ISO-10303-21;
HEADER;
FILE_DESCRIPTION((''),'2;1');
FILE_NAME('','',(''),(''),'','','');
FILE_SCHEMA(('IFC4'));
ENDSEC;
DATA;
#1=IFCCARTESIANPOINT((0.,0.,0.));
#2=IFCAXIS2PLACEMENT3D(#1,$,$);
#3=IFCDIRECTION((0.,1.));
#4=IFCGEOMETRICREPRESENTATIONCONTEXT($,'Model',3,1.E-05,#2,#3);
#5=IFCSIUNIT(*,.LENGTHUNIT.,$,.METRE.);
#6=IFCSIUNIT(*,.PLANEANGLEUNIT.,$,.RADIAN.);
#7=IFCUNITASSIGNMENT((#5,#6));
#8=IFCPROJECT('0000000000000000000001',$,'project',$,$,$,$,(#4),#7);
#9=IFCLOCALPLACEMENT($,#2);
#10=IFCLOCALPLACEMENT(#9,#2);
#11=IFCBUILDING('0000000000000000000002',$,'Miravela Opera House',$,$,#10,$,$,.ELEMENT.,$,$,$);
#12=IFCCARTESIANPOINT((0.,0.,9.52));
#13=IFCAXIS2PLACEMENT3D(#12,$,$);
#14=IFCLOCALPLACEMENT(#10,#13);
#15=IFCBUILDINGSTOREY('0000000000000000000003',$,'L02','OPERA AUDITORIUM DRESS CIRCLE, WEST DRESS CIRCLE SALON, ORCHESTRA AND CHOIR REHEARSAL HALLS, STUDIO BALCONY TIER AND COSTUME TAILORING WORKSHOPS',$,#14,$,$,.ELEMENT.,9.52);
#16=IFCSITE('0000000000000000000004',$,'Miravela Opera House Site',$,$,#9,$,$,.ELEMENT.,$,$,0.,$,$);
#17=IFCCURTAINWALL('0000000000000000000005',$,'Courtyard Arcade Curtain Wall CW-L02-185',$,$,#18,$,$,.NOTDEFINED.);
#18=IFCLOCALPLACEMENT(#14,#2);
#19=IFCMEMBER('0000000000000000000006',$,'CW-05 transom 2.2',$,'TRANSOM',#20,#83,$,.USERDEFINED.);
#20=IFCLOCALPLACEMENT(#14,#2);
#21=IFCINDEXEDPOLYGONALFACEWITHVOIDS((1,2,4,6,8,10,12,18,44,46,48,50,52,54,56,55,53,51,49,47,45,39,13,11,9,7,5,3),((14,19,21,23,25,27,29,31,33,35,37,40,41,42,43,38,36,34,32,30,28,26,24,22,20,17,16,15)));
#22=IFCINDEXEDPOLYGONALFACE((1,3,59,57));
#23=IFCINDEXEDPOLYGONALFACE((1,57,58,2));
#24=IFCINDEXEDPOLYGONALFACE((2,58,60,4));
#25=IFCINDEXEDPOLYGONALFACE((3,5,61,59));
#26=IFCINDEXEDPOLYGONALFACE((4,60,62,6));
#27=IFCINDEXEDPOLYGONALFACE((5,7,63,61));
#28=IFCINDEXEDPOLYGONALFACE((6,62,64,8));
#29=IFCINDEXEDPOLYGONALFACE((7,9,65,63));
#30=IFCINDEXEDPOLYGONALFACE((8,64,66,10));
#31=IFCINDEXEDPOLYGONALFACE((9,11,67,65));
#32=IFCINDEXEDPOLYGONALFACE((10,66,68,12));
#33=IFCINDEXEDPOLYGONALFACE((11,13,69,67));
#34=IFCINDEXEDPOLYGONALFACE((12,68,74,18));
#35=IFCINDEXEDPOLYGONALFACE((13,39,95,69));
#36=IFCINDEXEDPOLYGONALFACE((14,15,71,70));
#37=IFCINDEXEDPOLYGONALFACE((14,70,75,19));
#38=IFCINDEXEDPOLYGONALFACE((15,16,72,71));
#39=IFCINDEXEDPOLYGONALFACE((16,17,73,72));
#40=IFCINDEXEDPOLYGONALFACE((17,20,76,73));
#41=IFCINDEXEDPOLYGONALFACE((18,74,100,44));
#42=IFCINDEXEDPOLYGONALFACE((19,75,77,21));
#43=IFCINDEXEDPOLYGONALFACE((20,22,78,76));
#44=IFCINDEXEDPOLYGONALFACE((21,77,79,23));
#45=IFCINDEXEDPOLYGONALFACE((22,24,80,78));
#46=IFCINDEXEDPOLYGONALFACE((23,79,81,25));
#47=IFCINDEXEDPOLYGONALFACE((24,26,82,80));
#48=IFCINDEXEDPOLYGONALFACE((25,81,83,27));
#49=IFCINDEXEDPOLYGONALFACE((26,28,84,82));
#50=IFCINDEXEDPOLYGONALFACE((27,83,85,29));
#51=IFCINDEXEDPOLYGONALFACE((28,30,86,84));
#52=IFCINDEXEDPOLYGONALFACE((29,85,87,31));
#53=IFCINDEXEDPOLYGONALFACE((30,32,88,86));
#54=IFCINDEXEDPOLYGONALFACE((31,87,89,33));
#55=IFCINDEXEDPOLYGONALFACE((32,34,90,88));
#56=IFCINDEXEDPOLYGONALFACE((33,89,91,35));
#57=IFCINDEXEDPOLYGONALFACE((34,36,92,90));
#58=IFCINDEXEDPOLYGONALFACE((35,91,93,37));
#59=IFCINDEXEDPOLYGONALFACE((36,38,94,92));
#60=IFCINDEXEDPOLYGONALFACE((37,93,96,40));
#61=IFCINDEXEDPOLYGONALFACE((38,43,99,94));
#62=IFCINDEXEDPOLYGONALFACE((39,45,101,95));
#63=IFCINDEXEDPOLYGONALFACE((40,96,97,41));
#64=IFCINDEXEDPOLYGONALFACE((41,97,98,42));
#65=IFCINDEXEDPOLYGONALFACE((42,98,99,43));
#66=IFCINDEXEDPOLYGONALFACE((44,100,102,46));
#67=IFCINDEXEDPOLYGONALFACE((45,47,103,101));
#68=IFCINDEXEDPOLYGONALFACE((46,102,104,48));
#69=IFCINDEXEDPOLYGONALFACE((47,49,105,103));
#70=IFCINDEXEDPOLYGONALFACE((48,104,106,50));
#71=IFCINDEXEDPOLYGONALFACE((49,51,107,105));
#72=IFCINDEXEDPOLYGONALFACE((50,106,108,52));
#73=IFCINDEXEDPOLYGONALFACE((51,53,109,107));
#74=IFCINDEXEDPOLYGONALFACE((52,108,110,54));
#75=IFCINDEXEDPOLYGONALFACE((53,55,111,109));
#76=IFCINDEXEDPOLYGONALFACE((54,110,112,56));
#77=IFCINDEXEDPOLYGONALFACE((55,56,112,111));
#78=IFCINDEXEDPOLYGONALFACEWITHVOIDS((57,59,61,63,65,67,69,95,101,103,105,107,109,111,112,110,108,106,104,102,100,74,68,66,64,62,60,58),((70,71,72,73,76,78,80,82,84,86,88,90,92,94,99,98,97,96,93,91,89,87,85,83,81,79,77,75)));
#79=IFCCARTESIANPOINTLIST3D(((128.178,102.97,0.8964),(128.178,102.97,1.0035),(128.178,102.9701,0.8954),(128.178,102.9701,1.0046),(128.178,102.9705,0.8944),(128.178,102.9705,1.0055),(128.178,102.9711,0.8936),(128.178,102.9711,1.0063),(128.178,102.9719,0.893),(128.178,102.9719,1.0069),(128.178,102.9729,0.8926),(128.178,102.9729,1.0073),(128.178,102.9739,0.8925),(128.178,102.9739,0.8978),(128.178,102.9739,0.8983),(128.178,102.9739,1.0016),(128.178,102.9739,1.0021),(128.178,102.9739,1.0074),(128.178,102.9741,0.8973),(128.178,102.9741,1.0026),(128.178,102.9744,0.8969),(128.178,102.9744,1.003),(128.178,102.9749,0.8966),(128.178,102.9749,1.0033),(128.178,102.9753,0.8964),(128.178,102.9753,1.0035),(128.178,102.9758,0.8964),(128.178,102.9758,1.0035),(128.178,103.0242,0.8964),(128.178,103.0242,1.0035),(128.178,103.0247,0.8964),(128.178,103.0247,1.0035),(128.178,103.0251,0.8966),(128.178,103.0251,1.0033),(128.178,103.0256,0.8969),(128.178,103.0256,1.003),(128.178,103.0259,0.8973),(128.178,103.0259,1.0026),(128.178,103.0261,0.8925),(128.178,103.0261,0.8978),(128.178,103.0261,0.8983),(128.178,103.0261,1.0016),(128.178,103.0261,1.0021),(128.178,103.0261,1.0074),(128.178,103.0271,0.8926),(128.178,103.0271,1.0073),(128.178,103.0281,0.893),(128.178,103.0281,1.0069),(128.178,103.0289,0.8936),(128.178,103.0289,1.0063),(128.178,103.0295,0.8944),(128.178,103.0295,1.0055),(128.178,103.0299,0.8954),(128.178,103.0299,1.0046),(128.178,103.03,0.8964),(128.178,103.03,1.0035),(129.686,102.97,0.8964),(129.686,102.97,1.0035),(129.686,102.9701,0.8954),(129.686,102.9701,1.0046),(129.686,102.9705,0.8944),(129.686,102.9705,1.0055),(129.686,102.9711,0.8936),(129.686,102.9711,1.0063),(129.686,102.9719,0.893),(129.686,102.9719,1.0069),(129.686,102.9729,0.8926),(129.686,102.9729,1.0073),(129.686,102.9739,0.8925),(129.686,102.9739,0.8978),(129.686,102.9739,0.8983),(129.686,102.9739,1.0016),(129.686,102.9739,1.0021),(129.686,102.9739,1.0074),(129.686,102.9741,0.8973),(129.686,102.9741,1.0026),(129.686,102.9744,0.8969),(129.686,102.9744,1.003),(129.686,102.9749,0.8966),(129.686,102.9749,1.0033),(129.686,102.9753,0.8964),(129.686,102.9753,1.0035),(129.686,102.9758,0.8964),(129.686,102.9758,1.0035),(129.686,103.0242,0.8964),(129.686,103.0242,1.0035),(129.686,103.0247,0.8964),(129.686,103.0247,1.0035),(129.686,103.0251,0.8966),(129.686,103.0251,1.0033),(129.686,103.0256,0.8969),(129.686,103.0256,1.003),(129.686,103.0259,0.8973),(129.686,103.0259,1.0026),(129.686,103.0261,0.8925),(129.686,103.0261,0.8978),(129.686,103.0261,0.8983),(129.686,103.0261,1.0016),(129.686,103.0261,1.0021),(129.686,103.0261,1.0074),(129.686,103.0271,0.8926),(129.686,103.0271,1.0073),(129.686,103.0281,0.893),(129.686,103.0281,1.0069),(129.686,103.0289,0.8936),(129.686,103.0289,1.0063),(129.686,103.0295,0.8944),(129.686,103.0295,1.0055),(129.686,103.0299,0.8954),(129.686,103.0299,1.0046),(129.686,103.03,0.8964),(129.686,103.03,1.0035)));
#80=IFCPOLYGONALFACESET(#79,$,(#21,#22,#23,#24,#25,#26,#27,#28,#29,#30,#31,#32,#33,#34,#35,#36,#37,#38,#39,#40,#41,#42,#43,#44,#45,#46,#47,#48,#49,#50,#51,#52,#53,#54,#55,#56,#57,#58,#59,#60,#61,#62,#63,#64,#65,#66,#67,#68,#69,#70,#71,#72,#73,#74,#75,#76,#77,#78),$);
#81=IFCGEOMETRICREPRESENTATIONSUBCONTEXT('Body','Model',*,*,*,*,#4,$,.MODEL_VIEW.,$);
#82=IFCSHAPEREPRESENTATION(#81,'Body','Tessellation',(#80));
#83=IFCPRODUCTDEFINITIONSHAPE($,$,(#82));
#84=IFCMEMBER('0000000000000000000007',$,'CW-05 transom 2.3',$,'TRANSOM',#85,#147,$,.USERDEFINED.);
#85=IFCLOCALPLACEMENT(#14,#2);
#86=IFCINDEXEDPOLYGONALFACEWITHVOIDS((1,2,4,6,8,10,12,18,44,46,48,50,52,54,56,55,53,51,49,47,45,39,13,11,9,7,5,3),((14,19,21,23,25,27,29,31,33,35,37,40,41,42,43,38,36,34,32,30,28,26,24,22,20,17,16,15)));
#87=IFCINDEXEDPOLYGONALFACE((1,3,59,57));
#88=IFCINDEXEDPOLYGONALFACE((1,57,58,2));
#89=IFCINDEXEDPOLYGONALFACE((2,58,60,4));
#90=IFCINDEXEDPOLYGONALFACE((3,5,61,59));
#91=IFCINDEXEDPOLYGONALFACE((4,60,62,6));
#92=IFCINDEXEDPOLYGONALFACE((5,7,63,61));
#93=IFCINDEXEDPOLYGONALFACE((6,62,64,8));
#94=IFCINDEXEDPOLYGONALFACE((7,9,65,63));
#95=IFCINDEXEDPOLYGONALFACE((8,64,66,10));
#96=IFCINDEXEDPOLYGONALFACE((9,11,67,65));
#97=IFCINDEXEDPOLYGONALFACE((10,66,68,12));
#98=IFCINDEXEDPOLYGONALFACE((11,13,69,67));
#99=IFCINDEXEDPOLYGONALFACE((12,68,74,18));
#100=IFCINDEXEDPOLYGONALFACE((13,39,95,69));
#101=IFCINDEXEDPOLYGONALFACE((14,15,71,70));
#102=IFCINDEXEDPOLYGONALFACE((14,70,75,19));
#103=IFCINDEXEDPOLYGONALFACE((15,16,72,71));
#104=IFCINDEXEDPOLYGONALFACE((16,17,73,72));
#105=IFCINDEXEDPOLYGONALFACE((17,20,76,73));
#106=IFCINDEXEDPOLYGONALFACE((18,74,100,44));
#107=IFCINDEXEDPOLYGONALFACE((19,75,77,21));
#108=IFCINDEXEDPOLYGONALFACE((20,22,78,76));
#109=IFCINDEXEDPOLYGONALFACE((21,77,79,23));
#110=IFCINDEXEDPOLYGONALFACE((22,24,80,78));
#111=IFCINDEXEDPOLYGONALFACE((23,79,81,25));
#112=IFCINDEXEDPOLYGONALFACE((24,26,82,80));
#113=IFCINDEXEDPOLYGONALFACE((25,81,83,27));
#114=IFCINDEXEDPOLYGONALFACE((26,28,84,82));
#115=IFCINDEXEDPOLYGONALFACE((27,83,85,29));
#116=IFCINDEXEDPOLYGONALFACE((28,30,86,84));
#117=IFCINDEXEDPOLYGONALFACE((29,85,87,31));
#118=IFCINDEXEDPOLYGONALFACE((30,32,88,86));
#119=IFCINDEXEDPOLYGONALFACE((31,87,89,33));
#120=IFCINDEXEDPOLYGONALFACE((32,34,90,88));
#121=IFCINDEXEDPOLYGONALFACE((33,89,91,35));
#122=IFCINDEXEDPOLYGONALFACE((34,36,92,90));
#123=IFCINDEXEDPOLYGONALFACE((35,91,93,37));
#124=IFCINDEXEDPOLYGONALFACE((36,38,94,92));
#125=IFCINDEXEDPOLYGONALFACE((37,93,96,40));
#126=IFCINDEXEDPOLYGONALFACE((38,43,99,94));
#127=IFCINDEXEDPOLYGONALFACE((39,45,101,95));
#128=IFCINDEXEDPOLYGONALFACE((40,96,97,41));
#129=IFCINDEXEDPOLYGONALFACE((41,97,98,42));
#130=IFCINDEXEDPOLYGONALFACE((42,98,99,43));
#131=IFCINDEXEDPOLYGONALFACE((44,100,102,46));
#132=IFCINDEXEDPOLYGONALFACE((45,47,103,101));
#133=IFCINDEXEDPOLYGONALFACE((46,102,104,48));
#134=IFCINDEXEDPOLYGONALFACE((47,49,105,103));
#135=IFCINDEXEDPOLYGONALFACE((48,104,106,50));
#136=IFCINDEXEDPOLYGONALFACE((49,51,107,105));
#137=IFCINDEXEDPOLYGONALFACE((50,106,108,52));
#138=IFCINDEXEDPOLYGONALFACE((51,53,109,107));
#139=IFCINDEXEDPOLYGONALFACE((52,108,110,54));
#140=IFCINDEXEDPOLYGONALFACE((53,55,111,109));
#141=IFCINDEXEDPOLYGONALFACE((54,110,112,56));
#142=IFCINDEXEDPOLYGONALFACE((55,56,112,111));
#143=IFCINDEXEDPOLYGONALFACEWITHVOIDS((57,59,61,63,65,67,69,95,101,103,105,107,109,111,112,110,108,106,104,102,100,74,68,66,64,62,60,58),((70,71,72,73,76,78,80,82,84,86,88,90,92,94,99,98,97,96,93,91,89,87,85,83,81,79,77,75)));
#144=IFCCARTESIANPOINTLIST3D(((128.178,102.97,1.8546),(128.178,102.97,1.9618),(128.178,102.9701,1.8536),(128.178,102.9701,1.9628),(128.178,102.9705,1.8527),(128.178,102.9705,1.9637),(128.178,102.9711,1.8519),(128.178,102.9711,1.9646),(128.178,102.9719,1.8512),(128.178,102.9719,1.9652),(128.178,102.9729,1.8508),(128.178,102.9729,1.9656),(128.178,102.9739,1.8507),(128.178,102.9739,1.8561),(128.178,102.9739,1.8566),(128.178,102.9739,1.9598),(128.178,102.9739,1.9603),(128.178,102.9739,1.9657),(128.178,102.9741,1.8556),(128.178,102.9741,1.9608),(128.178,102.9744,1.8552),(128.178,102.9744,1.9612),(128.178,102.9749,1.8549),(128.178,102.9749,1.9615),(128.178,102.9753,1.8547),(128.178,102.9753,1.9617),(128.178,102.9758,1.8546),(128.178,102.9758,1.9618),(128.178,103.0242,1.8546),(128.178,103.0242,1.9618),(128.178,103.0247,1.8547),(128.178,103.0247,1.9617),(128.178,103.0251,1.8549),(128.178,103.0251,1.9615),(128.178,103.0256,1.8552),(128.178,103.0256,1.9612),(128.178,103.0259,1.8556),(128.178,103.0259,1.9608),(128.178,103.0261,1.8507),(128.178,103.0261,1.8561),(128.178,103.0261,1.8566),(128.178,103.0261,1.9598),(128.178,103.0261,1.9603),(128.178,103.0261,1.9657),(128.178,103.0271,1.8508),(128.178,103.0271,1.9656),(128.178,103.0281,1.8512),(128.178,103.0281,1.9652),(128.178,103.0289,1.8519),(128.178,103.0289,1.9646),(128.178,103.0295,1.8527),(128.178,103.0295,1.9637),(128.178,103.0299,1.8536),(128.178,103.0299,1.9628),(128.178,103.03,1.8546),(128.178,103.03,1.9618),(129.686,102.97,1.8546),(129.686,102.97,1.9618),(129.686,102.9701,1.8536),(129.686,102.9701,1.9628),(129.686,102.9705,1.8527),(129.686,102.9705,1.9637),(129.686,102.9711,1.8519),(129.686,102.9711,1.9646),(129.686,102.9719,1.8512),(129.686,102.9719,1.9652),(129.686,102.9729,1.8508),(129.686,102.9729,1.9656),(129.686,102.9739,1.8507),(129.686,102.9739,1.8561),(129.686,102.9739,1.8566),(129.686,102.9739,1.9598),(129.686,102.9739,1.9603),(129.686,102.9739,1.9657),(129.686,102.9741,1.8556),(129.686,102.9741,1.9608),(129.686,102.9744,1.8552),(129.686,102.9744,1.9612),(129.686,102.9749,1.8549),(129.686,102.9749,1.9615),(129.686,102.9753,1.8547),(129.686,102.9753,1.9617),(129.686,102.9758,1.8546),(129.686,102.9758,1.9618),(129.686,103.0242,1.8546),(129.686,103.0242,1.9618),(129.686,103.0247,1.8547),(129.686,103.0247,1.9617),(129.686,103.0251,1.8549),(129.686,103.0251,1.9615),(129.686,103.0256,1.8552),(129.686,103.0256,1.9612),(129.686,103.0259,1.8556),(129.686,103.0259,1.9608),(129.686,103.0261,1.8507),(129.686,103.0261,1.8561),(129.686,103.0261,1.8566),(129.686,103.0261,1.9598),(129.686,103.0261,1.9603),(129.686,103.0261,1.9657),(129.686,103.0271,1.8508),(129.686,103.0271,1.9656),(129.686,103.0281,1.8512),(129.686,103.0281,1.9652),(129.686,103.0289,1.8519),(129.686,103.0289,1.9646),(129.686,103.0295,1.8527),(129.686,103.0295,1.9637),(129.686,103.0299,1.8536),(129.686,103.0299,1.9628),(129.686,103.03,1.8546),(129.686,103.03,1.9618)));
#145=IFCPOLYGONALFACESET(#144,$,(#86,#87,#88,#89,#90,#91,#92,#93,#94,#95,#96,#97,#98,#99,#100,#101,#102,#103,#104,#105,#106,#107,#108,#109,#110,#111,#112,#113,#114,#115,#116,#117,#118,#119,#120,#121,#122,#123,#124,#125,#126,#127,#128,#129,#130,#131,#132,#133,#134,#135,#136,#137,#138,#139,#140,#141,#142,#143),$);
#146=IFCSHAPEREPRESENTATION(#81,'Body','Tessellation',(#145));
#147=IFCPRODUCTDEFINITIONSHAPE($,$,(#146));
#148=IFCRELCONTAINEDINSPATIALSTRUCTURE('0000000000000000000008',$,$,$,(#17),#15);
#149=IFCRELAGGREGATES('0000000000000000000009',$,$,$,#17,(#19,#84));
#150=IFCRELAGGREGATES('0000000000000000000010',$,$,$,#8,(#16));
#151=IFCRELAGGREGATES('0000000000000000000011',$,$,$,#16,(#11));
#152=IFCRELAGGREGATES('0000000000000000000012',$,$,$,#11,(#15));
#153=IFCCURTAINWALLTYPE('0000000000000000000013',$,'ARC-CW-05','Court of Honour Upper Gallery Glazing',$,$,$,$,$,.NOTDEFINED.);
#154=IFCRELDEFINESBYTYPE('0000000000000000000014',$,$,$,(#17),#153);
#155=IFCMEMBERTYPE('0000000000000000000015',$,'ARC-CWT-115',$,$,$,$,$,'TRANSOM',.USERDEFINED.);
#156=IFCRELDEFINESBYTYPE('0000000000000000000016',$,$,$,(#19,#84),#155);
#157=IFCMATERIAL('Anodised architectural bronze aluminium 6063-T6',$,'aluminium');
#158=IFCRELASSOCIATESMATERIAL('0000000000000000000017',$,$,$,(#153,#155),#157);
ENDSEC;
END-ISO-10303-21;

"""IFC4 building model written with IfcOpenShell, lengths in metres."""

from ifc_helpers import new_model, si_unit, direction, frame, origin, origin_2d, place, context, subcontext, project, spatial, hollow_rectangle, extrude, material, material_profile, profile_set, type_object, element, aggregate, save


model = new_model("IFC4")

# Units and contexts
model_context = context("Model", 3, precision=1e-05, world=origin(), true_north=direction((0.0, 1.0)))
body_context = subcontext(model_context, "Body", "Model", "MODEL_VIEW")
ifc_project = project(units=[si_unit("LENGTHUNIT", "METRE"), si_unit("PLANEANGLEUNIT", "RADIAN")], contexts=[model_context])

# Site, building, storey
site_placement = place(None, origin())
site = spatial("IfcSite", under=ifc_project, at=site_placement, Name="Miravela Opera House Site", CompositionType="ELEMENT", RefElevation=0.0)
building_placement = place(site_placement, origin())
building = spatial("IfcBuilding", under=site, at=building_placement, Name="Miravela Opera House", CompositionType="ELEMENT")
storey_placement = place(building_placement, frame((0.0, 0.0, 9.52)))
storey = spatial("IfcBuildingStorey", under=building, at=storey_placement, Name="L02", Description="OPERA AUDITORIUM DRESS CIRCLE, WEST DRESS CIRCLE SALON, ORCHESTRA AND CHOIR REHEARSAL HALLS, STUDIO BALCONY TIER AND COSTUME TAILORING WORKSHOPS", CompositionType="ELEMENT", Elevation=9.52)

# Curtain wall, members
ifc_material_1 = material(Name="Anodised architectural bronze aluminium 6063-T6", Category="aluminium")
curtain_wall_type = type_object("IfcCurtainWallType", Name="ARC-CW-05", Description="Court of Honour Upper Gallery Glazing", PredefinedType="NOTDEFINED", material=ifc_material_1)
curtain_wall_placement = place(storey_placement, origin())
curtain_wall = element("IfcCurtainWall", 1, at=curtain_wall_placement, inside=storey, type_object=curtain_wall_type, Name="Courtyard Arcade Curtain Wall CW-L02-185", PredefinedType="NOTDEFINED")
ifc_material_profile_1 = material_profile(ifc_material_1, hollow_rectangle(XDim=0.0601, YDim=0.115, WallThickness=0.0039, InnerFilletRadius=0.002, OuterFilletRadius=0.0039, at=origin_2d()), Name="CWT-60X115")
ifc_profile_set_1 = profile_set([ifc_material_profile_1])
member_type_1 = type_object("IfcMemberType", Name="ARC-CWT-115", ElementType="TRANSOM", PredefinedType="USERDEFINED", material=ifc_profile_set_1)
member_1_placement = place(storey_placement, frame((128.178, 103.0, 0.95), z_axis=(1.0, 0.0, 0.0), x_axis=(0.0, 1.0, 0.0)))
member_1 = element("IfcMember", 2, at=member_1_placement, type_object=member_type_1, Name="CW-05 transom 2.2", ObjectType="TRANSOM", PredefinedType="USERDEFINED", context=body_context, shape_type="SweptSolid", body=[
    extrude(hollow_rectangle(XDim=0.0601, YDim=0.115, WallThickness=0.0039, InnerFilletRadius=0.002, OuterFilletRadius=0.0039, at=origin_2d()), origin(), (0.0, 0.0, 1.0), 1.5081),
])
member_2_placement = place(storey_placement, frame((128.178, 103.0, 1.9082), z_axis=(1.0, 0.0, 0.0), x_axis=(0.0, 1.0, 0.0)))
member_2 = element("IfcMember", 3, at=member_2_placement, type_object=member_type_1, Name="CW-05 transom 2.3", ObjectType="TRANSOM", PredefinedType="USERDEFINED", context=body_context, shape_type="SweptSolid", body=[
    extrude(hollow_rectangle(XDim=0.0601, YDim=0.115, WallThickness=0.0039, InnerFilletRadius=0.002, OuterFilletRadius=0.0039, at=origin_2d()), origin(), (0.0, 0.0, 1.0), 1.5081),
])

aggregate(curtain_wall, [member_1, member_2])

save(model, "model.ifc")
